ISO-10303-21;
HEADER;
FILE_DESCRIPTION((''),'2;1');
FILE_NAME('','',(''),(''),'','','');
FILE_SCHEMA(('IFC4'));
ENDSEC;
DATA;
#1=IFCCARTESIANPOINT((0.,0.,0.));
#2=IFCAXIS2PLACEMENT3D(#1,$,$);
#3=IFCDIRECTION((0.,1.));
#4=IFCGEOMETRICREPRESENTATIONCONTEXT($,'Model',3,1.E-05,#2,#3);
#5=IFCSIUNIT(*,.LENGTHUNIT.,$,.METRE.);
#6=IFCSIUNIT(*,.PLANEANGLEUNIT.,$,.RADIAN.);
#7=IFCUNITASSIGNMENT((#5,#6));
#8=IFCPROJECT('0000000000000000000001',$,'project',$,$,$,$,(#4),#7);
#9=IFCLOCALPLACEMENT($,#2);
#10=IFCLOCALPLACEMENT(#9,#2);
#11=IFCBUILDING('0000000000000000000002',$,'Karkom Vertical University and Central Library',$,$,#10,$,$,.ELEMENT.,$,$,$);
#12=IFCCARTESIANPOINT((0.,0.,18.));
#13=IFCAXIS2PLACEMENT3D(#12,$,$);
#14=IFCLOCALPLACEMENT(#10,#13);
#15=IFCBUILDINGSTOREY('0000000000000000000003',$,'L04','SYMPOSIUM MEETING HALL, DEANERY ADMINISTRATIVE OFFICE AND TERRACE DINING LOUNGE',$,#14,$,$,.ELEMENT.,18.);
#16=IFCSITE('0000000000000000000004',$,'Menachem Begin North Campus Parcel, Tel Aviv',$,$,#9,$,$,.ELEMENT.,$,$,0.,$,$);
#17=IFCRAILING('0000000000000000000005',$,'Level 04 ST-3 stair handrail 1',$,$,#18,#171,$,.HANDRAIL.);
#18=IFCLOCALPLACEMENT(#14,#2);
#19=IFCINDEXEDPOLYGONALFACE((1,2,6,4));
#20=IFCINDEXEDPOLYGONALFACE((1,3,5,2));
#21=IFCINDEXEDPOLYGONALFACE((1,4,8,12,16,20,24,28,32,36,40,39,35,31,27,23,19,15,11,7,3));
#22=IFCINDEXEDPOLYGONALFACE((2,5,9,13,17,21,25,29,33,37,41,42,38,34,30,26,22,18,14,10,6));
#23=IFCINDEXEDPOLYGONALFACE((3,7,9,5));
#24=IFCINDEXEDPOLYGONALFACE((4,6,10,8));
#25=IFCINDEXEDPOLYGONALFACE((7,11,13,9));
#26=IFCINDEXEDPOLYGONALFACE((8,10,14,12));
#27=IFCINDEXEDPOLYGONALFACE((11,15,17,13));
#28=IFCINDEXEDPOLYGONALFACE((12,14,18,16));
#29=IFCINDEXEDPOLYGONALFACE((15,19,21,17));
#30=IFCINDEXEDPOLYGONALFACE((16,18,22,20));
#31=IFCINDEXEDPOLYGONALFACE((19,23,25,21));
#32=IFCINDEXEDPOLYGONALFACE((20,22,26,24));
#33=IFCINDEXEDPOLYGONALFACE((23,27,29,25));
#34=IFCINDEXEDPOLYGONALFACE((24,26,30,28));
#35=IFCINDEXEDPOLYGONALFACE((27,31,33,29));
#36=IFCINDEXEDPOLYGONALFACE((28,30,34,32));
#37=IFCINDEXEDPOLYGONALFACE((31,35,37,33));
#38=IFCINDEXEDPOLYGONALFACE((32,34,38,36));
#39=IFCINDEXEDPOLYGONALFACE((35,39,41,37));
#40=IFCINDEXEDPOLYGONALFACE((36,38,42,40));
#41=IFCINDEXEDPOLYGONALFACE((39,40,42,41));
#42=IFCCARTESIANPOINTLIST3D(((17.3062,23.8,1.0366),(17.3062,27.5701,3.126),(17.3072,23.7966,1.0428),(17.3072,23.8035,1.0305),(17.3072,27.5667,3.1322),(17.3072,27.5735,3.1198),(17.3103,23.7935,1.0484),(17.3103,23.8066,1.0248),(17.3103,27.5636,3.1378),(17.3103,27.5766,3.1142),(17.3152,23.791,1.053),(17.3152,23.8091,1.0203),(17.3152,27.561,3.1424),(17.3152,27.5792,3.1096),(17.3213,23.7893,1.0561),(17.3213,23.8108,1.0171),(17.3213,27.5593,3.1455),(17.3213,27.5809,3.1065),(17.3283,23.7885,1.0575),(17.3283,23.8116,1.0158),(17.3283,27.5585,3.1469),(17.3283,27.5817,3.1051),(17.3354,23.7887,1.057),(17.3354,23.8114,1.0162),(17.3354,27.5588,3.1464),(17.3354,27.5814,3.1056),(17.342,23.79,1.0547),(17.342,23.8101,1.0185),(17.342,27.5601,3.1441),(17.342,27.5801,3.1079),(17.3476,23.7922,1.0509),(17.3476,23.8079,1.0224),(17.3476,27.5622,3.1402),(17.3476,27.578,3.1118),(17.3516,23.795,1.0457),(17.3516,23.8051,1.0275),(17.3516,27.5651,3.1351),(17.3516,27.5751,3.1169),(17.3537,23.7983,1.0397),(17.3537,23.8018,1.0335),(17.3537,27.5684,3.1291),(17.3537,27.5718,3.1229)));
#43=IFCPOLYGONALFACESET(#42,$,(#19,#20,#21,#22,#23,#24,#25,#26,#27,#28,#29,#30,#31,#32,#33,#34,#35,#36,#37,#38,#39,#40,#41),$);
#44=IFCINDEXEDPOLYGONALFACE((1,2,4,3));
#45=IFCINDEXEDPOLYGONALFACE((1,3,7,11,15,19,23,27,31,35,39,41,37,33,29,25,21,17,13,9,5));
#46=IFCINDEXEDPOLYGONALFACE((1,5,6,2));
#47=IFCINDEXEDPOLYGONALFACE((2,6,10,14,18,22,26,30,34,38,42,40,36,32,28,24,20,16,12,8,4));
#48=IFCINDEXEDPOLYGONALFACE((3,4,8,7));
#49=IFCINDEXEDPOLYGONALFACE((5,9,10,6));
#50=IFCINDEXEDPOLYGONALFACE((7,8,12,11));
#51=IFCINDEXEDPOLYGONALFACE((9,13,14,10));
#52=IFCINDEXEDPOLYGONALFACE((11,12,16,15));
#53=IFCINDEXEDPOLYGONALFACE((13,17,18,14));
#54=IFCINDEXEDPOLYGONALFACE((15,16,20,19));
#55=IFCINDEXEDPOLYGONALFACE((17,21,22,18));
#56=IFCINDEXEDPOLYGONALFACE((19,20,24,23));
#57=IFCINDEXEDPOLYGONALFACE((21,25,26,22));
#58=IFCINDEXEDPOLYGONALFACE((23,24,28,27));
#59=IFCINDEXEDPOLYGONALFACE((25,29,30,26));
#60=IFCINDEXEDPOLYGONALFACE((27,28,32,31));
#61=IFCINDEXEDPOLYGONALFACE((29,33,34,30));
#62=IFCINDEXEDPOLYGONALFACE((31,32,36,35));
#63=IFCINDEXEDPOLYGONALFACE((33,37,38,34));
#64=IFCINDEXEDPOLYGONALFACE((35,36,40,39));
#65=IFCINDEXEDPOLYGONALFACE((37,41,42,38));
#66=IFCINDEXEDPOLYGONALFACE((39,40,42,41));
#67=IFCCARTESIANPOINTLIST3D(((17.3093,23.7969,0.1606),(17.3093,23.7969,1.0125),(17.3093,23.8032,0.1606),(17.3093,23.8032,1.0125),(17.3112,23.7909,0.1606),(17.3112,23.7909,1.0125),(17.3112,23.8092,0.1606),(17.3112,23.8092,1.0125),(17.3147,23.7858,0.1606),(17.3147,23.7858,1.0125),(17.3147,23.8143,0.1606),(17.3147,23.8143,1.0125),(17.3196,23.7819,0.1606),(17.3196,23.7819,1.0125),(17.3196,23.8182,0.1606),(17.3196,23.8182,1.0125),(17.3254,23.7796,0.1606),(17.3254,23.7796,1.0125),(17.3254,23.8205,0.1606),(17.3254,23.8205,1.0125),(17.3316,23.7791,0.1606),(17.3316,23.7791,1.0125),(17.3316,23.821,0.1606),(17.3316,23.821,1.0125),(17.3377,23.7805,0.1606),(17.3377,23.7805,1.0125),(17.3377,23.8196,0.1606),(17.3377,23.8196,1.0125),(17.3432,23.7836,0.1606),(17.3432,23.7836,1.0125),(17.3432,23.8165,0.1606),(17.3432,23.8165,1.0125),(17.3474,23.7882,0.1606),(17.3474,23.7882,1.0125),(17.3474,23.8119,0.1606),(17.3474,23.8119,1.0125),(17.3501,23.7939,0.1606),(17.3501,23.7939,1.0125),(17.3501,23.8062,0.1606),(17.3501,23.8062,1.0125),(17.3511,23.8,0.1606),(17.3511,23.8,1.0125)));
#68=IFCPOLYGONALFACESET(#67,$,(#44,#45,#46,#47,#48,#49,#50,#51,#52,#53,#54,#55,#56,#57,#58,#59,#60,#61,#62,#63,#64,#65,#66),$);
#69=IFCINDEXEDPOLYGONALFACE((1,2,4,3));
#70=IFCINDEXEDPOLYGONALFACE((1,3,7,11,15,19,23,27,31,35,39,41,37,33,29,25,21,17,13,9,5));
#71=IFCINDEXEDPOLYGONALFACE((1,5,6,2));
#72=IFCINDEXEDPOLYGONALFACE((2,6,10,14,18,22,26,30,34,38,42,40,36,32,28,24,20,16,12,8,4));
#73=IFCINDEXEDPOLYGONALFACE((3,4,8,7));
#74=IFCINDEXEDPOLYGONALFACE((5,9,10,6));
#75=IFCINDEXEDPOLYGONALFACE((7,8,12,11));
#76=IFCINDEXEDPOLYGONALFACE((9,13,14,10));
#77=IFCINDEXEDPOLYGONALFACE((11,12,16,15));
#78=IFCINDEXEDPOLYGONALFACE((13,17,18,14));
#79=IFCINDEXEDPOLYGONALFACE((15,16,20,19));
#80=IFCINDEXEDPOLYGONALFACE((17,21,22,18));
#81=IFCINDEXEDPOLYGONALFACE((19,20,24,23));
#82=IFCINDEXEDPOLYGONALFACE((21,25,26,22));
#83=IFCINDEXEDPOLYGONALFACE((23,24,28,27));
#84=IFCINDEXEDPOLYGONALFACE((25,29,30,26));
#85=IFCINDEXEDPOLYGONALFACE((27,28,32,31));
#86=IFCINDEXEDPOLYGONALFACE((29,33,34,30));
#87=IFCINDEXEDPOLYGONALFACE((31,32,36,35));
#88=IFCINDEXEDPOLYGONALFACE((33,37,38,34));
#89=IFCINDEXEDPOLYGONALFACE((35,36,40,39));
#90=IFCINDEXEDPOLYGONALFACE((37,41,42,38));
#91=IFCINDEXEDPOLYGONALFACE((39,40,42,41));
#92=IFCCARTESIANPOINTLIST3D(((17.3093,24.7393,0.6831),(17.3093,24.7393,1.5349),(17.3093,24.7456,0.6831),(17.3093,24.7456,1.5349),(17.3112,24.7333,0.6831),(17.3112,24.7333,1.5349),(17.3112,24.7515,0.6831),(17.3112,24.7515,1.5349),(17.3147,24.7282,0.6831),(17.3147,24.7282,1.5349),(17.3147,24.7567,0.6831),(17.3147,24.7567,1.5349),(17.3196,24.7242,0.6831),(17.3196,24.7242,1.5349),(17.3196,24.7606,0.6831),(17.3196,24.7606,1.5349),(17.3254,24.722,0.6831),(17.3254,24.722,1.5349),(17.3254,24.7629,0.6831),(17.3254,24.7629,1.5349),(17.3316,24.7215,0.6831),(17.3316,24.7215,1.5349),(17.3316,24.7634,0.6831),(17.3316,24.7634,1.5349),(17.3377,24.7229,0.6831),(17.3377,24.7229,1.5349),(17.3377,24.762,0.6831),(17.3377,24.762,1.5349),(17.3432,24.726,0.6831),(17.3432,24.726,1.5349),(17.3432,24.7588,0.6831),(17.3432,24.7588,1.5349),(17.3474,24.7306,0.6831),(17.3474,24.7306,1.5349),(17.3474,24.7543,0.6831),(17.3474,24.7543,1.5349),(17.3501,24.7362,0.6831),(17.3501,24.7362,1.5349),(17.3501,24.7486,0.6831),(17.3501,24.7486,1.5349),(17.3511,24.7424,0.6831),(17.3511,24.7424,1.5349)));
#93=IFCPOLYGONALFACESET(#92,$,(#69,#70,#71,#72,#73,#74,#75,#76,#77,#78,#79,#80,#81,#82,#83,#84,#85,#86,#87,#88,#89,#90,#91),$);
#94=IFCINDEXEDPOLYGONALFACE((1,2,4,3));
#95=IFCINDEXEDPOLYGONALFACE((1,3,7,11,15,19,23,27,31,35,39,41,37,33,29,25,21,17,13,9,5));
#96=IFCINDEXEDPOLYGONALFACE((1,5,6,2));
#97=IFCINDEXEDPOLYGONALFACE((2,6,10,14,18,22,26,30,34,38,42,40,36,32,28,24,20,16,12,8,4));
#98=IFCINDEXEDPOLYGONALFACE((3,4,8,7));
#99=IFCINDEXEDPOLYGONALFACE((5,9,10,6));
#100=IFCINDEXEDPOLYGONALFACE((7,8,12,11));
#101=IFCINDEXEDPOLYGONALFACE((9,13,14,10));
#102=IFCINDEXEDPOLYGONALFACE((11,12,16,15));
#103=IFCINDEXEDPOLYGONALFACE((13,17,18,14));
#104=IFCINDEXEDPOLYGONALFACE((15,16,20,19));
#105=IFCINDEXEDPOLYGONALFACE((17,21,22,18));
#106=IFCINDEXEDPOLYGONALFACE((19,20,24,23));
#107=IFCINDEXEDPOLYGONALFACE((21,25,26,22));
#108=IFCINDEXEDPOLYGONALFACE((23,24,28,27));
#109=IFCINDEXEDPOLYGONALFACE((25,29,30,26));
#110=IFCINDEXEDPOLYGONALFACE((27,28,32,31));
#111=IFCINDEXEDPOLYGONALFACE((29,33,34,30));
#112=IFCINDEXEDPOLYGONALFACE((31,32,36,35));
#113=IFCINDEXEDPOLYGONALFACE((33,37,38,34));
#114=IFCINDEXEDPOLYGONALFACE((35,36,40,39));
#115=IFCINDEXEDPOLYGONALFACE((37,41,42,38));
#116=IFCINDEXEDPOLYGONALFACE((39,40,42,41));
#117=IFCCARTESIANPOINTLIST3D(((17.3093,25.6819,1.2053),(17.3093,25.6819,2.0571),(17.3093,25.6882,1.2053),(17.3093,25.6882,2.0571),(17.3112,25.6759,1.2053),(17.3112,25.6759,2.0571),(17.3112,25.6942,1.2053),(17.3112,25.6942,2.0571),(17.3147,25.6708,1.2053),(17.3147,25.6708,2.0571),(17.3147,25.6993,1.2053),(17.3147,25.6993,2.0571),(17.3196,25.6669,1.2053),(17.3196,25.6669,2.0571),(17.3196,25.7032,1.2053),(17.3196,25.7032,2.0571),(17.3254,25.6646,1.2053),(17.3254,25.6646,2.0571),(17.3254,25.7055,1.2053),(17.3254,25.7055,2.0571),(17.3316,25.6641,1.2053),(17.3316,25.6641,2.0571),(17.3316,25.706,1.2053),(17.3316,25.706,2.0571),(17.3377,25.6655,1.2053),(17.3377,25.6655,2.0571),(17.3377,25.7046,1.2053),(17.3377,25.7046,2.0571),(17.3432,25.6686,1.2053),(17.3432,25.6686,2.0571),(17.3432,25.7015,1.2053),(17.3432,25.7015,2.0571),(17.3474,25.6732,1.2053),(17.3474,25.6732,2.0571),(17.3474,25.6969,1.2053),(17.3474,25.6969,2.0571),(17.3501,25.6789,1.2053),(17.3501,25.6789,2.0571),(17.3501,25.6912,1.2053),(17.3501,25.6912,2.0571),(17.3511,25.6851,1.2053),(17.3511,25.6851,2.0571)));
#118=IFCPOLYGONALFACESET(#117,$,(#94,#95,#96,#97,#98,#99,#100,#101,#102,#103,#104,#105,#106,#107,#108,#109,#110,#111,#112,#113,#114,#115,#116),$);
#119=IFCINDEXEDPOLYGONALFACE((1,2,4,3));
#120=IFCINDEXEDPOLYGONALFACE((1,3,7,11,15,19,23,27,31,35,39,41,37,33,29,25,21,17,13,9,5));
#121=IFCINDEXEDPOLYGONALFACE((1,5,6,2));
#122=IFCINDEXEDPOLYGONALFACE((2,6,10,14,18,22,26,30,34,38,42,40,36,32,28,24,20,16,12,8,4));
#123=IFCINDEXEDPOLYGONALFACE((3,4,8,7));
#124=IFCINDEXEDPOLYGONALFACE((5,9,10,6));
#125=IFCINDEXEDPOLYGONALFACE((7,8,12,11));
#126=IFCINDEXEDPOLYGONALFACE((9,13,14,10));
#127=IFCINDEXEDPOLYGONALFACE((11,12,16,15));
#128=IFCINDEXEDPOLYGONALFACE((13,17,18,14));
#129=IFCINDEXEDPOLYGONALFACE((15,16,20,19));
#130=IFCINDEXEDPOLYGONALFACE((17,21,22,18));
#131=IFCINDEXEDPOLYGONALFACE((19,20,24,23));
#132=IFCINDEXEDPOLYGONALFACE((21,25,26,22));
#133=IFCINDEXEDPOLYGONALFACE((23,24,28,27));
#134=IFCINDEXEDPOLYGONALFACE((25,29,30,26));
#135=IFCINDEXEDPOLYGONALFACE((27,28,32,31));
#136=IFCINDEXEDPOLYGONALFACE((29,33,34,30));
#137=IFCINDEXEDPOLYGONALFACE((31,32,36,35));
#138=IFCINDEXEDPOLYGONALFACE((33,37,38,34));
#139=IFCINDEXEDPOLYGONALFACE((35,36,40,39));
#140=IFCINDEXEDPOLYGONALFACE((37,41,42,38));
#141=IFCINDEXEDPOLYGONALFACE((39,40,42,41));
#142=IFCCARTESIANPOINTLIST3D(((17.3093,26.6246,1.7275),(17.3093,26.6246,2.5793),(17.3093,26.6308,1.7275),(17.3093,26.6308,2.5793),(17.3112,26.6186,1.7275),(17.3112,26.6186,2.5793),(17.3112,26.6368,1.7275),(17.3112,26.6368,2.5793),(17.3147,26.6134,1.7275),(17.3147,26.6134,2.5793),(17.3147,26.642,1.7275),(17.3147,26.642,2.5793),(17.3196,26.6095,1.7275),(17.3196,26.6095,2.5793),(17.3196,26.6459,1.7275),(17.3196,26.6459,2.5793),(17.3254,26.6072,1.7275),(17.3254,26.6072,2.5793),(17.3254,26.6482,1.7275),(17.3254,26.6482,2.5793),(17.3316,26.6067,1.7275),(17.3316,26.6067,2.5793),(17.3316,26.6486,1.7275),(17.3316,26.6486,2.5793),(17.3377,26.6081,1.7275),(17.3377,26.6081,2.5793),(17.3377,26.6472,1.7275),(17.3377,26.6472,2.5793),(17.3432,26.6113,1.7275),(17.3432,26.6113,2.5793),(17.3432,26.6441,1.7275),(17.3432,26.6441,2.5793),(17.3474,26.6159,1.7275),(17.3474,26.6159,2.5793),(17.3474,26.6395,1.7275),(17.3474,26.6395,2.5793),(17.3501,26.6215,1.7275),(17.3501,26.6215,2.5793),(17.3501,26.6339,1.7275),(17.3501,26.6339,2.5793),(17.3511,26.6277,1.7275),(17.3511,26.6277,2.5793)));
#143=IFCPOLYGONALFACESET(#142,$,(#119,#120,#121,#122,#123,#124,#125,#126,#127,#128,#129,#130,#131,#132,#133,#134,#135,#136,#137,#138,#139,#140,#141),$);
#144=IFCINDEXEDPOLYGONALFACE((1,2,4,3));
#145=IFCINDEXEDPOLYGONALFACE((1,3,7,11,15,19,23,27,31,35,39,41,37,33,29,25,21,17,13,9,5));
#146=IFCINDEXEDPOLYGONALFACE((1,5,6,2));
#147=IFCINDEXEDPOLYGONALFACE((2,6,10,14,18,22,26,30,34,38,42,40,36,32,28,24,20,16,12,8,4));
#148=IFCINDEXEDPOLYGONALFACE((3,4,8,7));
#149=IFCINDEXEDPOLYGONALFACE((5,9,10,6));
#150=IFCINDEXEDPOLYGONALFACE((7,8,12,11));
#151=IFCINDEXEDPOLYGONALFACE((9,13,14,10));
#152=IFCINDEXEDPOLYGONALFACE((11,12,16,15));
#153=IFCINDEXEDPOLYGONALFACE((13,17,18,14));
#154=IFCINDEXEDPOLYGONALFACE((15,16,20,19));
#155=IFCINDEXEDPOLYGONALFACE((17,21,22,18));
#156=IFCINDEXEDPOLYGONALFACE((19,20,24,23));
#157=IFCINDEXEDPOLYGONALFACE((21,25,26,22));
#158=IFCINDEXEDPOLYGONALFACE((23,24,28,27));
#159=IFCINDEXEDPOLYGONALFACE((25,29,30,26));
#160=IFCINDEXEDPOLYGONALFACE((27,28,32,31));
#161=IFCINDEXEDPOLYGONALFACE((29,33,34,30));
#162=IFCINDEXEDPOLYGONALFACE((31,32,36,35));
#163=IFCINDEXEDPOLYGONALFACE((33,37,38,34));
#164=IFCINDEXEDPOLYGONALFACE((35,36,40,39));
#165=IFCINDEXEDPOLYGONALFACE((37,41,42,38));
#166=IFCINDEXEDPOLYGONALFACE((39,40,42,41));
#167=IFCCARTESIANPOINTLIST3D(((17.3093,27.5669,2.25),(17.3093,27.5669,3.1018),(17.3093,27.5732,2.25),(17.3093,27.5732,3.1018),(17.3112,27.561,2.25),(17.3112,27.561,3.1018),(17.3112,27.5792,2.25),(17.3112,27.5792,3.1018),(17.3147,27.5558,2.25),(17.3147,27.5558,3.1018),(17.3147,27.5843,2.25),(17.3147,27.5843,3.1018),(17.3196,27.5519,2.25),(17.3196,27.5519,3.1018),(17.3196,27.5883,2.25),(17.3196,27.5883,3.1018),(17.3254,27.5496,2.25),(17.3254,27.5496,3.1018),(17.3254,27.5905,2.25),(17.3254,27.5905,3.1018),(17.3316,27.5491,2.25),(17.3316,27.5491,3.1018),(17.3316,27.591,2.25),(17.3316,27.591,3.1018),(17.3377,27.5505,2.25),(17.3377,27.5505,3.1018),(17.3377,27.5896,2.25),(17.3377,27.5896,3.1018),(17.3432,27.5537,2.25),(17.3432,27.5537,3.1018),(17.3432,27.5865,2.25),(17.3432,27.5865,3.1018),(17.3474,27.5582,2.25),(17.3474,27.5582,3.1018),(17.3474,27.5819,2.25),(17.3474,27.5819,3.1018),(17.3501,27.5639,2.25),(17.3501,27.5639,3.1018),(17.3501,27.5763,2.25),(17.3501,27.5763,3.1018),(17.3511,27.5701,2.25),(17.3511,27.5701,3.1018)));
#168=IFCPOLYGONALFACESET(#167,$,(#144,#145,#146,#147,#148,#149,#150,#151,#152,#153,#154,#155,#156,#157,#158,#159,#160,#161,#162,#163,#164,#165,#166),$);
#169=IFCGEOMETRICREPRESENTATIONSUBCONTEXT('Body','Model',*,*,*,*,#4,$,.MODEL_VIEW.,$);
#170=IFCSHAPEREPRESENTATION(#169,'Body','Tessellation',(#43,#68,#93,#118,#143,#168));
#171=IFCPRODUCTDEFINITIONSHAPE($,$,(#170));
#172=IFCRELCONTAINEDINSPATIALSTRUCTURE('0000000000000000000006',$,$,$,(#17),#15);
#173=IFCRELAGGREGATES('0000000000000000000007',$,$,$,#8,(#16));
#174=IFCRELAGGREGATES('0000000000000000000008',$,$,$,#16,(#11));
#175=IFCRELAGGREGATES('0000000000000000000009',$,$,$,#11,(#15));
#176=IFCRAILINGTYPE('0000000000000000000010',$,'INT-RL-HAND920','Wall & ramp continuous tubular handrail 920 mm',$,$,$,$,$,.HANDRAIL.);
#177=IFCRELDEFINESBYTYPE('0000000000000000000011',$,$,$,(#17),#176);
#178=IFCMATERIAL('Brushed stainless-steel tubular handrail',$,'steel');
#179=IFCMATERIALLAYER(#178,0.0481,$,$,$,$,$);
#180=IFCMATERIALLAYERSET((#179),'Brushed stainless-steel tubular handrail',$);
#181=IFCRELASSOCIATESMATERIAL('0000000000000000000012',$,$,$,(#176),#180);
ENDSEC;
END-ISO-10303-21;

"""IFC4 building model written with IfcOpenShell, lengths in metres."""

from ifc_helpers import new_model, si_unit, direction, frame, origin, origin_2d, place, context, subcontext, project, spatial, circle, extrude, material, layer, layer_set, type_object, element, save


model = new_model("IFC4")

# Units and contexts
model_context = context("Model", 3, precision=1e-05, world=origin(), true_north=direction((0.0, 1.0)))
body_context = subcontext(model_context, "Body", "Model", "MODEL_VIEW")
ifc_project = project(units=[si_unit("LENGTHUNIT", "METRE"), si_unit("PLANEANGLEUNIT", "RADIAN")], contexts=[model_context])

# Site, building, storey
site_placement = place(None, origin())
site = spatial("IfcSite", under=ifc_project, at=site_placement, Name="Menachem Begin North Campus Parcel, Tel Aviv", CompositionType="ELEMENT", RefElevation=0.0)
building_placement = place(site_placement, origin())
building = spatial("IfcBuilding", under=site, at=building_placement, Name="Karkom Vertical University and Central Library", CompositionType="ELEMENT")
storey_placement = place(building_placement, frame((0.0, 0.0, 18.0)))
storey = spatial("IfcBuildingStorey", under=building, at=storey_placement, Name="L04", Description="SYMPOSIUM MEETING HALL, DEANERY ADMINISTRATIVE OFFICE AND TERRACE DINING LOUNGE", CompositionType="ELEMENT", Elevation=18.0)

# Railing
ifc_material_1 = material(Name="Brushed stainless-steel tubular handrail", Category="steel")
ifc_layer_1 = layer(ifc_material_1, 0.0481)
ifc_layer_set_1 = layer_set([ifc_layer_1], Name="Brushed stainless-steel tubular handrail")
railing_type_1 = type_object("IfcRailingType", Name="INT-RL-HAND920", Description="Wall & ramp continuous tubular handrail 920 mm", PredefinedType="HANDRAIL", material=ifc_layer_set_1)
railing_1_placement = place(storey_placement, frame((17.3301, 23.8, 0.1606)))
element("IfcRailing", 1, at=railing_1_placement, inside=storey, type_object=railing_type_1, Name="Level 04 ST-3 stair handrail 1", PredefinedType="HANDRAIL", context=body_context, shape_type="SweptSolid", body=[
    extrude(circle(Radius=0.0239, at=origin_2d()), frame((0.0, 0.0, 0.876), z_axis=(0.0, 0.874659, 0.484739), x_axis=(-1.0, 0.0, 0.0)), (0.0, 0.0, 1.0), 4.3103),
    extrude(circle(Radius=0.021, at=origin_2d()), origin(), (0.0, 0.0, 1.0), 0.8518),
    extrude(circle(Radius=0.021, at=origin_2d()), frame((0.0, 0.9424, 0.5225)), (0.0, 0.0, 1.0), 0.8518),
    extrude(circle(Radius=0.021, at=origin_2d()), frame((0.0, 1.885, 1.0447)), (0.0, 0.0, 1.0), 0.8518),
    extrude(circle(Radius=0.021, at=origin_2d()), frame((0.0, 2.8276, 1.5669)), (0.0, 0.0, 1.0), 0.8518),
    extrude(circle(Radius=0.021, at=origin_2d()), frame((0.0, 3.77, 2.0894)), (0.0, 0.0, 1.0), 0.8518),
])

save(model, "model.ifc")
